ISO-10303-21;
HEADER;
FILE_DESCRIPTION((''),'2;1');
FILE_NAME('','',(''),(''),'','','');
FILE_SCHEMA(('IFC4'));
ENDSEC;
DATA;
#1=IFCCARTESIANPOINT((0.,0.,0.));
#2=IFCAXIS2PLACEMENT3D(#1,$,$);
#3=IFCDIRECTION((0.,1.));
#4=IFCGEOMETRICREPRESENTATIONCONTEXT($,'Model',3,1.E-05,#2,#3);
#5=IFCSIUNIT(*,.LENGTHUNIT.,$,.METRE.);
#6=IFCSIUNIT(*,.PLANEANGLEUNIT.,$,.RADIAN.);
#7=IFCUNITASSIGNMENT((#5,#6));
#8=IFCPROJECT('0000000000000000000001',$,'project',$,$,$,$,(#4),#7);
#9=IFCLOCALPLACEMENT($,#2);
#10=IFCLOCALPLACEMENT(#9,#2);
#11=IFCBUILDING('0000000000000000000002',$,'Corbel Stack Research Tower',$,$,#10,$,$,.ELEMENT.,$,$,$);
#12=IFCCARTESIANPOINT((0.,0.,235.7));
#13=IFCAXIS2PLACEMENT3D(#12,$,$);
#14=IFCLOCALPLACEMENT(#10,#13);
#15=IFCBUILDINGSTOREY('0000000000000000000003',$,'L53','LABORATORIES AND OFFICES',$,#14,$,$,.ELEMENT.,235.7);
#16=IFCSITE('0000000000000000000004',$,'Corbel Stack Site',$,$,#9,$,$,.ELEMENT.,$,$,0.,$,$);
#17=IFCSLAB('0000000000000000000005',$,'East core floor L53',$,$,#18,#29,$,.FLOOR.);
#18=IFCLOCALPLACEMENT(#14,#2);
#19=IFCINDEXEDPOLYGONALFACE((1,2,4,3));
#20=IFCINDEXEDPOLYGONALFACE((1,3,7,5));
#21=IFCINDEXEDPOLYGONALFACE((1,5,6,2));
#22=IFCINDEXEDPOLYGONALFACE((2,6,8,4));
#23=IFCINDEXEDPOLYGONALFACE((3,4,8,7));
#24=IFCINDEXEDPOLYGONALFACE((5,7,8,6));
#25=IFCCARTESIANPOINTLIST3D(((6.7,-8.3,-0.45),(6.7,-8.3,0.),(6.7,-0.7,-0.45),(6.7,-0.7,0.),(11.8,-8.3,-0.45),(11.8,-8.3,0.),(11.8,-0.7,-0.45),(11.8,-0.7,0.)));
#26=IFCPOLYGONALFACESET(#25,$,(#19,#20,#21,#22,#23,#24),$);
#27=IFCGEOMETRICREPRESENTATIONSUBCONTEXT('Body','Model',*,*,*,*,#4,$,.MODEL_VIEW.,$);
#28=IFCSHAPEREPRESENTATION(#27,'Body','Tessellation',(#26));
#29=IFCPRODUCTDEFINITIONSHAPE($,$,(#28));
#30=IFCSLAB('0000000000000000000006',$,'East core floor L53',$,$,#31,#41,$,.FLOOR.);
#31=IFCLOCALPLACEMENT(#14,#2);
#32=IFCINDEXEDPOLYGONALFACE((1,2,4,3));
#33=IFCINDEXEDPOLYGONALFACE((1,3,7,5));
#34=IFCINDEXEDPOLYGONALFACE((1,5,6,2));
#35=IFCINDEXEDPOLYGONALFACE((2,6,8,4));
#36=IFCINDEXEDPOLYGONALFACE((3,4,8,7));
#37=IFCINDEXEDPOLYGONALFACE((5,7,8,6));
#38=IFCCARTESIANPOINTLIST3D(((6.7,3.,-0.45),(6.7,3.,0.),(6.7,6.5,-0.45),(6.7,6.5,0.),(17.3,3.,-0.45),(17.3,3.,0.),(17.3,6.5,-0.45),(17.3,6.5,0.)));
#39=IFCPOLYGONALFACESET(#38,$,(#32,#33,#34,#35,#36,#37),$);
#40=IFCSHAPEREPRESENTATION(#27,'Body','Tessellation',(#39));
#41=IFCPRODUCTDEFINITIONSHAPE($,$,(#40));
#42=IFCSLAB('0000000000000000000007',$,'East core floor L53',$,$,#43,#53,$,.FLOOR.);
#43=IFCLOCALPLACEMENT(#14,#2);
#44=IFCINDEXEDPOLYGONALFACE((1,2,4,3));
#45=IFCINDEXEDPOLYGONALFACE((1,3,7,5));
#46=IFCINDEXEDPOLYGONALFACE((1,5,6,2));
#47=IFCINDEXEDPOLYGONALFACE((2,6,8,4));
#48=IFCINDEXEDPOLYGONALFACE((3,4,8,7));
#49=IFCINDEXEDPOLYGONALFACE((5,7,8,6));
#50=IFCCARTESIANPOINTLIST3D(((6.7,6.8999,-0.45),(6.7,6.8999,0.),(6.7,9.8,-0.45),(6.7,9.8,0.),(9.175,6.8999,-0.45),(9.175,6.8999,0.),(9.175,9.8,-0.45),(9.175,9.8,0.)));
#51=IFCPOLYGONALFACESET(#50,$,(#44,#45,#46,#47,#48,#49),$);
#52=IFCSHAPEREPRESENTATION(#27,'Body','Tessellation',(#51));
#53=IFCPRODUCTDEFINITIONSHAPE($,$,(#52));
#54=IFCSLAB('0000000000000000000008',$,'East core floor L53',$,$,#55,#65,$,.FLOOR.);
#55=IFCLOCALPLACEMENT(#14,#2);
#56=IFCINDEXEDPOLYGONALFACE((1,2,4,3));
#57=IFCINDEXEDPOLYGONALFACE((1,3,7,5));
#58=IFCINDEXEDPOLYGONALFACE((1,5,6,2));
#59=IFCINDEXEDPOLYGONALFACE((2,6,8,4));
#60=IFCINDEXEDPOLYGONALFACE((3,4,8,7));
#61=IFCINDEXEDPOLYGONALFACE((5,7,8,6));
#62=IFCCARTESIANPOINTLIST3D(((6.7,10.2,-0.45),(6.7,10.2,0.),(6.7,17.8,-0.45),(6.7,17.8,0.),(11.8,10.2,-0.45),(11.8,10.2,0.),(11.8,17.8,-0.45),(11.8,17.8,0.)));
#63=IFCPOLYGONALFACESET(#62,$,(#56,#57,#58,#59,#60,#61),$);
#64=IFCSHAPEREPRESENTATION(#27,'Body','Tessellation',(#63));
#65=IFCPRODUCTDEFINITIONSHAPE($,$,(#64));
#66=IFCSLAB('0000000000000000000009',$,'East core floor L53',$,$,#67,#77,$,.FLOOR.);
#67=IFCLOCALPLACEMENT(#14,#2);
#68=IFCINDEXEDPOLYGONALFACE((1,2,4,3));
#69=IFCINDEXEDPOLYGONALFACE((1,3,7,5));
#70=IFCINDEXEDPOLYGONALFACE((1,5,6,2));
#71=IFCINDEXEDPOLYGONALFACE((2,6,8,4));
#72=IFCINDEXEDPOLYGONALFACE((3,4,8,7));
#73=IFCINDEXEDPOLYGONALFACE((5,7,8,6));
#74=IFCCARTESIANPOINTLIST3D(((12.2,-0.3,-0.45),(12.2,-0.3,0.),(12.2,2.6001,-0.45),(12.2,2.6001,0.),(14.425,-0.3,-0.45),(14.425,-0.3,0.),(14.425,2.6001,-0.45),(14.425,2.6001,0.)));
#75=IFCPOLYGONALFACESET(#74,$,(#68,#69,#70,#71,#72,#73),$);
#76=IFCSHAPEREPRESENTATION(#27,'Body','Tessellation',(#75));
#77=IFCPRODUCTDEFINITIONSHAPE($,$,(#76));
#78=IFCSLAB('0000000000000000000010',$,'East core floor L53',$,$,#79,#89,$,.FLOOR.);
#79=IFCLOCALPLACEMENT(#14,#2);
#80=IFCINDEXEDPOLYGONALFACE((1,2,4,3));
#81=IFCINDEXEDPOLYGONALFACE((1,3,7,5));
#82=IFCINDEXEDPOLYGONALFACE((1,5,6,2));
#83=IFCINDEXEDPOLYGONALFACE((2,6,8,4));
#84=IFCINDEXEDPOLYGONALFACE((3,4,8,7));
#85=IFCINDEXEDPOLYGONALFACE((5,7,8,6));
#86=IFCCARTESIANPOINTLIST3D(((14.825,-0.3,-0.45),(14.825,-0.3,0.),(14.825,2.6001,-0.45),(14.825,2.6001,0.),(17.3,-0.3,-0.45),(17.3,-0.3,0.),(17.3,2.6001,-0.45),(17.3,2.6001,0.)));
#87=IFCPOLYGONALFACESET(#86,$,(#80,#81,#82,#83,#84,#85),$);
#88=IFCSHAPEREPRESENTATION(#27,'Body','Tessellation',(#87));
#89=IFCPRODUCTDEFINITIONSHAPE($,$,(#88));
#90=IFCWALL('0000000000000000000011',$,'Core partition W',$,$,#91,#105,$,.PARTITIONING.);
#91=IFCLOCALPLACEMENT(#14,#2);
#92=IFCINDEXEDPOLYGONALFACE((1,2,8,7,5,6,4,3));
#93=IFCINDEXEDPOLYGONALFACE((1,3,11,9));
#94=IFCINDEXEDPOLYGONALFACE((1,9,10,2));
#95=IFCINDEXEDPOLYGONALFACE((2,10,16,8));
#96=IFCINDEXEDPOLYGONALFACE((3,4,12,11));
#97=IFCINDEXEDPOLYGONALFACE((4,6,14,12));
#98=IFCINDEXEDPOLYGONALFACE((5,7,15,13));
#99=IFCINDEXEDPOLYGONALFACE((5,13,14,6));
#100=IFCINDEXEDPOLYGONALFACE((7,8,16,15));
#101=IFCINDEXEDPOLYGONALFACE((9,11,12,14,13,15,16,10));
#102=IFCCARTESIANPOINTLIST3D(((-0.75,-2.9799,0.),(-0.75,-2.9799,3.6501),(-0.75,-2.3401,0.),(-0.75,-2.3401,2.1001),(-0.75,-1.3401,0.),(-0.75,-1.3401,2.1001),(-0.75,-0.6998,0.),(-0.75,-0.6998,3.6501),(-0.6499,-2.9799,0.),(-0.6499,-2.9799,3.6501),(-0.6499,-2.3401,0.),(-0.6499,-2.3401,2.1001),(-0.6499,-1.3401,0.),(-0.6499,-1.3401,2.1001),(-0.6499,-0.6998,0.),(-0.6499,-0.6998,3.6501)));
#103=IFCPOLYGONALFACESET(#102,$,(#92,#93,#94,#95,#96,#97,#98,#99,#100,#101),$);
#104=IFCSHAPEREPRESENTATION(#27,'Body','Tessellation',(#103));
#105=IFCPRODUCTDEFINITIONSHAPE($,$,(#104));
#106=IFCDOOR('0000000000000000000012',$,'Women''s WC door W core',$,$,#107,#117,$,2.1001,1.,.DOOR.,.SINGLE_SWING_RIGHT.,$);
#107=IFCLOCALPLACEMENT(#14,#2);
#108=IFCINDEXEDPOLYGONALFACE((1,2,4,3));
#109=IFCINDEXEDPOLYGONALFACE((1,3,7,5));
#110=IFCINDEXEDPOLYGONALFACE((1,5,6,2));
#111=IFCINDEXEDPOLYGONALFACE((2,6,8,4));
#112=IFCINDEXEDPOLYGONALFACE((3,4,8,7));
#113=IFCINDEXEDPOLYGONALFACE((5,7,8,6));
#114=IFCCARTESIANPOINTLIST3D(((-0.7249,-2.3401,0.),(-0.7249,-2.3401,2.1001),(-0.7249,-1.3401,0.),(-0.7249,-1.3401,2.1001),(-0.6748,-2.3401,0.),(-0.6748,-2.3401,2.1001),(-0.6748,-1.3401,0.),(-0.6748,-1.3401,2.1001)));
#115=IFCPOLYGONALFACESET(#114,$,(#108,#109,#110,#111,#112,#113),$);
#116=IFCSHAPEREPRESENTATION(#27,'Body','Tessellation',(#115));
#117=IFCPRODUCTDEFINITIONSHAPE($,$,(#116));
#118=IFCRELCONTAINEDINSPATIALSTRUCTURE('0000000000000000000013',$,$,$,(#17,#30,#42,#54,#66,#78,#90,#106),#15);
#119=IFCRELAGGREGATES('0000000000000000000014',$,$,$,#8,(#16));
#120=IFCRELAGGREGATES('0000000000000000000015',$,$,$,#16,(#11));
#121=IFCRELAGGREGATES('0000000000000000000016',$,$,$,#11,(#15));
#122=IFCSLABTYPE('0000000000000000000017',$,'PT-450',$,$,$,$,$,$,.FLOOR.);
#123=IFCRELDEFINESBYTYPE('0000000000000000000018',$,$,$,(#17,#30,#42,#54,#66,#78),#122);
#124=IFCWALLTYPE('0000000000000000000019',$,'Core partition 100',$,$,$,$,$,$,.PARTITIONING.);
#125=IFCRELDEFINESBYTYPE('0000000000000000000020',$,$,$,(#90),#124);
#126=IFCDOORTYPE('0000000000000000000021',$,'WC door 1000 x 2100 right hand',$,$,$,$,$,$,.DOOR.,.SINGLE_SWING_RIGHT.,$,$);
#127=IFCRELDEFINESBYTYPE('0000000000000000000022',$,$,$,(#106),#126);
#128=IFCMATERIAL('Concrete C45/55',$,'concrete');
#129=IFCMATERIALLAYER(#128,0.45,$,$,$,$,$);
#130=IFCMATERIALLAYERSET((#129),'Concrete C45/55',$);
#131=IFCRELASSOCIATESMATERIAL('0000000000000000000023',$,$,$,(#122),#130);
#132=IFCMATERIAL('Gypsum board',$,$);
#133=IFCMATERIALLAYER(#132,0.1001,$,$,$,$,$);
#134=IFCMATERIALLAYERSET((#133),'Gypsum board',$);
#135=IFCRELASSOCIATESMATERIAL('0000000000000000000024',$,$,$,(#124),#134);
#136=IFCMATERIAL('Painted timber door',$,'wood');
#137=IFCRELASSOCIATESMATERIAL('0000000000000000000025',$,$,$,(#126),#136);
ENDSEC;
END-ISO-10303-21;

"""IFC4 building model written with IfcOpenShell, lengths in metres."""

from ifc_helpers import new_model, si_unit, direction, frame, frame_2d, origin, place, context, subcontext, project, spatial, polyline, rectangle, outline, extrude, material, layer, layer_set, type_object, element, fill, save


model = new_model("IFC4")

# Units and contexts
model_context = context("Model", 3, precision=1e-05, world=origin(), true_north=direction((0.0, 1.0)))
body_context = subcontext(model_context, "Body", "Model", "MODEL_VIEW")
ifc_project = project(units=[si_unit("LENGTHUNIT", "METRE"), si_unit("PLANEANGLEUNIT", "RADIAN")], contexts=[model_context])

# Site, building, storey
site_placement = place(None, origin())
site = spatial("IfcSite", under=ifc_project, at=site_placement, Name="Corbel Stack Site", CompositionType="ELEMENT", RefElevation=0.0)
building_placement = place(site_placement, origin())
building = spatial("IfcBuilding", under=site, at=building_placement, Name="Corbel Stack Research Tower", CompositionType="ELEMENT")
storey_placement = place(building_placement, frame((0.0, 0.0, 235.7)))
storey = spatial("IfcBuildingStorey", under=building, at=storey_placement, Name="L53", Description="LABORATORIES AND OFFICES", CompositionType="ELEMENT", Elevation=235.7)

# Slabs
ifc_material_1 = material(Name="Concrete C45/55", Category="concrete")
ifc_layer_1 = layer(ifc_material_1, 0.45)
ifc_layer_set_1 = layer_set([ifc_layer_1], Name="Concrete C45/55")
slab_type_1 = type_object("IfcSlabType", Name="PT-450", PredefinedType="FLOOR", material=ifc_layer_set_1)
slab_1_placement = place(storey_placement, frame((0.0, 0.0, -0.45)))
element("IfcSlab", 1, at=slab_1_placement, inside=storey, type_object=slab_type_1, Name="East core floor L53", PredefinedType="FLOOR", context=body_context, shape_type="SweptSolid", body=[
    extrude(outline(polyline([(6.7, -8.3), (11.8, -8.3), (11.8, -0.7), (6.7, -0.7), (6.7, -8.3)])), origin(), (0.0, 0.0, 1.0), 0.45),
])
slab_2_placement = place(storey_placement, frame((0.0, 0.0, -0.45)))
element("IfcSlab", 2, at=slab_2_placement, inside=storey, type_object=slab_type_1, Name="East core floor L53", PredefinedType="FLOOR", context=body_context, shape_type="SweptSolid", body=[
    extrude(outline(polyline([(6.7, 3.0), (17.3, 3.0), (17.3, 6.5), (6.7, 6.5), (6.7, 3.0)])), origin(), (0.0, 0.0, 1.0), 0.45),
])
slab_3_placement = place(storey_placement, frame((0.0, 0.0, -0.45)))
element("IfcSlab", 3, at=slab_3_placement, inside=storey, type_object=slab_type_1, Name="East core floor L53", PredefinedType="FLOOR", context=body_context, shape_type="SweptSolid", body=[
    extrude(outline(polyline([(6.7, 6.8999), (9.175, 6.8999), (9.175, 9.8), (6.7, 9.8), (6.7, 6.8999)])), origin(), (0.0, 0.0, 1.0), 0.45),
])
slab_4_placement = place(storey_placement, frame((0.0, 0.0, -0.45)))
element("IfcSlab", 4, at=slab_4_placement, inside=storey, type_object=slab_type_1, Name="East core floor L53", PredefinedType="FLOOR", context=body_context, shape_type="SweptSolid", body=[
    extrude(outline(polyline([(6.7, 10.2), (11.8, 10.2), (11.8, 17.8), (6.7, 17.8), (6.7, 10.2)])), origin(), (0.0, 0.0, 1.0), 0.45),
])
slab_5_placement = place(storey_placement, frame((0.0, 0.0, -0.45)))
element("IfcSlab", 5, at=slab_5_placement, inside=storey, type_object=slab_type_1, Name="East core floor L53", PredefinedType="FLOOR", context=body_context, shape_type="SweptSolid", body=[
    extrude(outline(polyline([(12.2, 2.6001), (12.2, -0.3), (14.425, -0.3), (14.425, 2.6001), (12.2, 2.6001)])), origin(), (0.0, 0.0, 1.0), 0.45),
])
slab_6_placement = place(storey_placement, frame((0.0, 0.0, -0.45)))
element("IfcSlab", 6, at=slab_6_placement, inside=storey, type_object=slab_type_1, Name="East core floor L53", PredefinedType="FLOOR", context=body_context, shape_type="SweptSolid", body=[
    extrude(outline(polyline([(14.825, 2.6001), (14.825, -0.3), (17.3, -0.3), (17.3, 2.6001), (14.825, 2.6001)])), origin(), (0.0, 0.0, 1.0), 0.45),
])

# Wall, opening, door
ifc_material_2 = material(Name="Gypsum board")
ifc_layer_2 = layer(ifc_material_2, 0.1001)
ifc_layer_set_2 = layer_set([ifc_layer_2], Name="Gypsum board")
wall_type = type_object("IfcWallType", Name="Core partition 100", PredefinedType="PARTITIONING", material=ifc_layer_set_2)
wall_placement = place(storey_placement, frame((-0.7, -2.98, 0.0), z_axis=(0.0, 0.0, 1.0), x_axis=(0.0, 1.0, 0.0)))
wall = element("IfcWall", 7, at=wall_placement, inside=storey, type_object=wall_type, Name="Core partition W", PredefinedType="PARTITIONING", context=body_context, shape_type="SweptSolid", body=[
    extrude(rectangle(XDim=2.28, YDim=0.1001, at=frame_2d((1.1401, 0.0))), origin(), (0.0, 0.0, 1.0), 3.6501),
])
opening_placement = place(wall_placement, frame((0.6399, 0.0, 0.0)))
opening = element("IfcOpeningElement", 8, at=opening_placement, cuts=wall, PredefinedType="OPENING", context=body_context, shape_type="SweptSolid", body=[
    extrude(rectangle(XDim=1.0, YDim=2.1001, at=frame_2d((0.5, 1.05))), frame((0.0, 0.0601, 0.0), z_axis=(0.0, -1.0, 0.0), x_axis=(1.0, 0.0, 0.0)), (0.0, 0.0, 1.0), 0.1201),
])
ifc_material_3 = material(Name="Painted timber door", Category="wood")
door_type = type_object("IfcDoorType", Name="WC door 1000 x 2100 right hand", OperationType="SINGLE_SWING_RIGHT", PredefinedType="DOOR", material=ifc_material_3)
door_placement = place(opening_placement, origin())
door = element("IfcDoor", 9, at=door_placement, inside=storey, type_object=door_type, Name="Women's WC door W core", OperationType="SINGLE_SWING_RIGHT", OverallHeight=2.1001, OverallWidth=1.0, PredefinedType="DOOR", context=body_context, shape_type="SweptSolid", body=[
    extrude(rectangle(XDim=1.0, YDim=2.1001, at=frame_2d((0.5, 1.05))), frame((0.0, 0.0249, 0.0), z_axis=(0.0, -1.0, 0.0), x_axis=(1.0, 0.0, 0.0)), (0.0, 0.0, 1.0), 0.05),
])
fill(opening, door)

save(model, "model.ifc")
